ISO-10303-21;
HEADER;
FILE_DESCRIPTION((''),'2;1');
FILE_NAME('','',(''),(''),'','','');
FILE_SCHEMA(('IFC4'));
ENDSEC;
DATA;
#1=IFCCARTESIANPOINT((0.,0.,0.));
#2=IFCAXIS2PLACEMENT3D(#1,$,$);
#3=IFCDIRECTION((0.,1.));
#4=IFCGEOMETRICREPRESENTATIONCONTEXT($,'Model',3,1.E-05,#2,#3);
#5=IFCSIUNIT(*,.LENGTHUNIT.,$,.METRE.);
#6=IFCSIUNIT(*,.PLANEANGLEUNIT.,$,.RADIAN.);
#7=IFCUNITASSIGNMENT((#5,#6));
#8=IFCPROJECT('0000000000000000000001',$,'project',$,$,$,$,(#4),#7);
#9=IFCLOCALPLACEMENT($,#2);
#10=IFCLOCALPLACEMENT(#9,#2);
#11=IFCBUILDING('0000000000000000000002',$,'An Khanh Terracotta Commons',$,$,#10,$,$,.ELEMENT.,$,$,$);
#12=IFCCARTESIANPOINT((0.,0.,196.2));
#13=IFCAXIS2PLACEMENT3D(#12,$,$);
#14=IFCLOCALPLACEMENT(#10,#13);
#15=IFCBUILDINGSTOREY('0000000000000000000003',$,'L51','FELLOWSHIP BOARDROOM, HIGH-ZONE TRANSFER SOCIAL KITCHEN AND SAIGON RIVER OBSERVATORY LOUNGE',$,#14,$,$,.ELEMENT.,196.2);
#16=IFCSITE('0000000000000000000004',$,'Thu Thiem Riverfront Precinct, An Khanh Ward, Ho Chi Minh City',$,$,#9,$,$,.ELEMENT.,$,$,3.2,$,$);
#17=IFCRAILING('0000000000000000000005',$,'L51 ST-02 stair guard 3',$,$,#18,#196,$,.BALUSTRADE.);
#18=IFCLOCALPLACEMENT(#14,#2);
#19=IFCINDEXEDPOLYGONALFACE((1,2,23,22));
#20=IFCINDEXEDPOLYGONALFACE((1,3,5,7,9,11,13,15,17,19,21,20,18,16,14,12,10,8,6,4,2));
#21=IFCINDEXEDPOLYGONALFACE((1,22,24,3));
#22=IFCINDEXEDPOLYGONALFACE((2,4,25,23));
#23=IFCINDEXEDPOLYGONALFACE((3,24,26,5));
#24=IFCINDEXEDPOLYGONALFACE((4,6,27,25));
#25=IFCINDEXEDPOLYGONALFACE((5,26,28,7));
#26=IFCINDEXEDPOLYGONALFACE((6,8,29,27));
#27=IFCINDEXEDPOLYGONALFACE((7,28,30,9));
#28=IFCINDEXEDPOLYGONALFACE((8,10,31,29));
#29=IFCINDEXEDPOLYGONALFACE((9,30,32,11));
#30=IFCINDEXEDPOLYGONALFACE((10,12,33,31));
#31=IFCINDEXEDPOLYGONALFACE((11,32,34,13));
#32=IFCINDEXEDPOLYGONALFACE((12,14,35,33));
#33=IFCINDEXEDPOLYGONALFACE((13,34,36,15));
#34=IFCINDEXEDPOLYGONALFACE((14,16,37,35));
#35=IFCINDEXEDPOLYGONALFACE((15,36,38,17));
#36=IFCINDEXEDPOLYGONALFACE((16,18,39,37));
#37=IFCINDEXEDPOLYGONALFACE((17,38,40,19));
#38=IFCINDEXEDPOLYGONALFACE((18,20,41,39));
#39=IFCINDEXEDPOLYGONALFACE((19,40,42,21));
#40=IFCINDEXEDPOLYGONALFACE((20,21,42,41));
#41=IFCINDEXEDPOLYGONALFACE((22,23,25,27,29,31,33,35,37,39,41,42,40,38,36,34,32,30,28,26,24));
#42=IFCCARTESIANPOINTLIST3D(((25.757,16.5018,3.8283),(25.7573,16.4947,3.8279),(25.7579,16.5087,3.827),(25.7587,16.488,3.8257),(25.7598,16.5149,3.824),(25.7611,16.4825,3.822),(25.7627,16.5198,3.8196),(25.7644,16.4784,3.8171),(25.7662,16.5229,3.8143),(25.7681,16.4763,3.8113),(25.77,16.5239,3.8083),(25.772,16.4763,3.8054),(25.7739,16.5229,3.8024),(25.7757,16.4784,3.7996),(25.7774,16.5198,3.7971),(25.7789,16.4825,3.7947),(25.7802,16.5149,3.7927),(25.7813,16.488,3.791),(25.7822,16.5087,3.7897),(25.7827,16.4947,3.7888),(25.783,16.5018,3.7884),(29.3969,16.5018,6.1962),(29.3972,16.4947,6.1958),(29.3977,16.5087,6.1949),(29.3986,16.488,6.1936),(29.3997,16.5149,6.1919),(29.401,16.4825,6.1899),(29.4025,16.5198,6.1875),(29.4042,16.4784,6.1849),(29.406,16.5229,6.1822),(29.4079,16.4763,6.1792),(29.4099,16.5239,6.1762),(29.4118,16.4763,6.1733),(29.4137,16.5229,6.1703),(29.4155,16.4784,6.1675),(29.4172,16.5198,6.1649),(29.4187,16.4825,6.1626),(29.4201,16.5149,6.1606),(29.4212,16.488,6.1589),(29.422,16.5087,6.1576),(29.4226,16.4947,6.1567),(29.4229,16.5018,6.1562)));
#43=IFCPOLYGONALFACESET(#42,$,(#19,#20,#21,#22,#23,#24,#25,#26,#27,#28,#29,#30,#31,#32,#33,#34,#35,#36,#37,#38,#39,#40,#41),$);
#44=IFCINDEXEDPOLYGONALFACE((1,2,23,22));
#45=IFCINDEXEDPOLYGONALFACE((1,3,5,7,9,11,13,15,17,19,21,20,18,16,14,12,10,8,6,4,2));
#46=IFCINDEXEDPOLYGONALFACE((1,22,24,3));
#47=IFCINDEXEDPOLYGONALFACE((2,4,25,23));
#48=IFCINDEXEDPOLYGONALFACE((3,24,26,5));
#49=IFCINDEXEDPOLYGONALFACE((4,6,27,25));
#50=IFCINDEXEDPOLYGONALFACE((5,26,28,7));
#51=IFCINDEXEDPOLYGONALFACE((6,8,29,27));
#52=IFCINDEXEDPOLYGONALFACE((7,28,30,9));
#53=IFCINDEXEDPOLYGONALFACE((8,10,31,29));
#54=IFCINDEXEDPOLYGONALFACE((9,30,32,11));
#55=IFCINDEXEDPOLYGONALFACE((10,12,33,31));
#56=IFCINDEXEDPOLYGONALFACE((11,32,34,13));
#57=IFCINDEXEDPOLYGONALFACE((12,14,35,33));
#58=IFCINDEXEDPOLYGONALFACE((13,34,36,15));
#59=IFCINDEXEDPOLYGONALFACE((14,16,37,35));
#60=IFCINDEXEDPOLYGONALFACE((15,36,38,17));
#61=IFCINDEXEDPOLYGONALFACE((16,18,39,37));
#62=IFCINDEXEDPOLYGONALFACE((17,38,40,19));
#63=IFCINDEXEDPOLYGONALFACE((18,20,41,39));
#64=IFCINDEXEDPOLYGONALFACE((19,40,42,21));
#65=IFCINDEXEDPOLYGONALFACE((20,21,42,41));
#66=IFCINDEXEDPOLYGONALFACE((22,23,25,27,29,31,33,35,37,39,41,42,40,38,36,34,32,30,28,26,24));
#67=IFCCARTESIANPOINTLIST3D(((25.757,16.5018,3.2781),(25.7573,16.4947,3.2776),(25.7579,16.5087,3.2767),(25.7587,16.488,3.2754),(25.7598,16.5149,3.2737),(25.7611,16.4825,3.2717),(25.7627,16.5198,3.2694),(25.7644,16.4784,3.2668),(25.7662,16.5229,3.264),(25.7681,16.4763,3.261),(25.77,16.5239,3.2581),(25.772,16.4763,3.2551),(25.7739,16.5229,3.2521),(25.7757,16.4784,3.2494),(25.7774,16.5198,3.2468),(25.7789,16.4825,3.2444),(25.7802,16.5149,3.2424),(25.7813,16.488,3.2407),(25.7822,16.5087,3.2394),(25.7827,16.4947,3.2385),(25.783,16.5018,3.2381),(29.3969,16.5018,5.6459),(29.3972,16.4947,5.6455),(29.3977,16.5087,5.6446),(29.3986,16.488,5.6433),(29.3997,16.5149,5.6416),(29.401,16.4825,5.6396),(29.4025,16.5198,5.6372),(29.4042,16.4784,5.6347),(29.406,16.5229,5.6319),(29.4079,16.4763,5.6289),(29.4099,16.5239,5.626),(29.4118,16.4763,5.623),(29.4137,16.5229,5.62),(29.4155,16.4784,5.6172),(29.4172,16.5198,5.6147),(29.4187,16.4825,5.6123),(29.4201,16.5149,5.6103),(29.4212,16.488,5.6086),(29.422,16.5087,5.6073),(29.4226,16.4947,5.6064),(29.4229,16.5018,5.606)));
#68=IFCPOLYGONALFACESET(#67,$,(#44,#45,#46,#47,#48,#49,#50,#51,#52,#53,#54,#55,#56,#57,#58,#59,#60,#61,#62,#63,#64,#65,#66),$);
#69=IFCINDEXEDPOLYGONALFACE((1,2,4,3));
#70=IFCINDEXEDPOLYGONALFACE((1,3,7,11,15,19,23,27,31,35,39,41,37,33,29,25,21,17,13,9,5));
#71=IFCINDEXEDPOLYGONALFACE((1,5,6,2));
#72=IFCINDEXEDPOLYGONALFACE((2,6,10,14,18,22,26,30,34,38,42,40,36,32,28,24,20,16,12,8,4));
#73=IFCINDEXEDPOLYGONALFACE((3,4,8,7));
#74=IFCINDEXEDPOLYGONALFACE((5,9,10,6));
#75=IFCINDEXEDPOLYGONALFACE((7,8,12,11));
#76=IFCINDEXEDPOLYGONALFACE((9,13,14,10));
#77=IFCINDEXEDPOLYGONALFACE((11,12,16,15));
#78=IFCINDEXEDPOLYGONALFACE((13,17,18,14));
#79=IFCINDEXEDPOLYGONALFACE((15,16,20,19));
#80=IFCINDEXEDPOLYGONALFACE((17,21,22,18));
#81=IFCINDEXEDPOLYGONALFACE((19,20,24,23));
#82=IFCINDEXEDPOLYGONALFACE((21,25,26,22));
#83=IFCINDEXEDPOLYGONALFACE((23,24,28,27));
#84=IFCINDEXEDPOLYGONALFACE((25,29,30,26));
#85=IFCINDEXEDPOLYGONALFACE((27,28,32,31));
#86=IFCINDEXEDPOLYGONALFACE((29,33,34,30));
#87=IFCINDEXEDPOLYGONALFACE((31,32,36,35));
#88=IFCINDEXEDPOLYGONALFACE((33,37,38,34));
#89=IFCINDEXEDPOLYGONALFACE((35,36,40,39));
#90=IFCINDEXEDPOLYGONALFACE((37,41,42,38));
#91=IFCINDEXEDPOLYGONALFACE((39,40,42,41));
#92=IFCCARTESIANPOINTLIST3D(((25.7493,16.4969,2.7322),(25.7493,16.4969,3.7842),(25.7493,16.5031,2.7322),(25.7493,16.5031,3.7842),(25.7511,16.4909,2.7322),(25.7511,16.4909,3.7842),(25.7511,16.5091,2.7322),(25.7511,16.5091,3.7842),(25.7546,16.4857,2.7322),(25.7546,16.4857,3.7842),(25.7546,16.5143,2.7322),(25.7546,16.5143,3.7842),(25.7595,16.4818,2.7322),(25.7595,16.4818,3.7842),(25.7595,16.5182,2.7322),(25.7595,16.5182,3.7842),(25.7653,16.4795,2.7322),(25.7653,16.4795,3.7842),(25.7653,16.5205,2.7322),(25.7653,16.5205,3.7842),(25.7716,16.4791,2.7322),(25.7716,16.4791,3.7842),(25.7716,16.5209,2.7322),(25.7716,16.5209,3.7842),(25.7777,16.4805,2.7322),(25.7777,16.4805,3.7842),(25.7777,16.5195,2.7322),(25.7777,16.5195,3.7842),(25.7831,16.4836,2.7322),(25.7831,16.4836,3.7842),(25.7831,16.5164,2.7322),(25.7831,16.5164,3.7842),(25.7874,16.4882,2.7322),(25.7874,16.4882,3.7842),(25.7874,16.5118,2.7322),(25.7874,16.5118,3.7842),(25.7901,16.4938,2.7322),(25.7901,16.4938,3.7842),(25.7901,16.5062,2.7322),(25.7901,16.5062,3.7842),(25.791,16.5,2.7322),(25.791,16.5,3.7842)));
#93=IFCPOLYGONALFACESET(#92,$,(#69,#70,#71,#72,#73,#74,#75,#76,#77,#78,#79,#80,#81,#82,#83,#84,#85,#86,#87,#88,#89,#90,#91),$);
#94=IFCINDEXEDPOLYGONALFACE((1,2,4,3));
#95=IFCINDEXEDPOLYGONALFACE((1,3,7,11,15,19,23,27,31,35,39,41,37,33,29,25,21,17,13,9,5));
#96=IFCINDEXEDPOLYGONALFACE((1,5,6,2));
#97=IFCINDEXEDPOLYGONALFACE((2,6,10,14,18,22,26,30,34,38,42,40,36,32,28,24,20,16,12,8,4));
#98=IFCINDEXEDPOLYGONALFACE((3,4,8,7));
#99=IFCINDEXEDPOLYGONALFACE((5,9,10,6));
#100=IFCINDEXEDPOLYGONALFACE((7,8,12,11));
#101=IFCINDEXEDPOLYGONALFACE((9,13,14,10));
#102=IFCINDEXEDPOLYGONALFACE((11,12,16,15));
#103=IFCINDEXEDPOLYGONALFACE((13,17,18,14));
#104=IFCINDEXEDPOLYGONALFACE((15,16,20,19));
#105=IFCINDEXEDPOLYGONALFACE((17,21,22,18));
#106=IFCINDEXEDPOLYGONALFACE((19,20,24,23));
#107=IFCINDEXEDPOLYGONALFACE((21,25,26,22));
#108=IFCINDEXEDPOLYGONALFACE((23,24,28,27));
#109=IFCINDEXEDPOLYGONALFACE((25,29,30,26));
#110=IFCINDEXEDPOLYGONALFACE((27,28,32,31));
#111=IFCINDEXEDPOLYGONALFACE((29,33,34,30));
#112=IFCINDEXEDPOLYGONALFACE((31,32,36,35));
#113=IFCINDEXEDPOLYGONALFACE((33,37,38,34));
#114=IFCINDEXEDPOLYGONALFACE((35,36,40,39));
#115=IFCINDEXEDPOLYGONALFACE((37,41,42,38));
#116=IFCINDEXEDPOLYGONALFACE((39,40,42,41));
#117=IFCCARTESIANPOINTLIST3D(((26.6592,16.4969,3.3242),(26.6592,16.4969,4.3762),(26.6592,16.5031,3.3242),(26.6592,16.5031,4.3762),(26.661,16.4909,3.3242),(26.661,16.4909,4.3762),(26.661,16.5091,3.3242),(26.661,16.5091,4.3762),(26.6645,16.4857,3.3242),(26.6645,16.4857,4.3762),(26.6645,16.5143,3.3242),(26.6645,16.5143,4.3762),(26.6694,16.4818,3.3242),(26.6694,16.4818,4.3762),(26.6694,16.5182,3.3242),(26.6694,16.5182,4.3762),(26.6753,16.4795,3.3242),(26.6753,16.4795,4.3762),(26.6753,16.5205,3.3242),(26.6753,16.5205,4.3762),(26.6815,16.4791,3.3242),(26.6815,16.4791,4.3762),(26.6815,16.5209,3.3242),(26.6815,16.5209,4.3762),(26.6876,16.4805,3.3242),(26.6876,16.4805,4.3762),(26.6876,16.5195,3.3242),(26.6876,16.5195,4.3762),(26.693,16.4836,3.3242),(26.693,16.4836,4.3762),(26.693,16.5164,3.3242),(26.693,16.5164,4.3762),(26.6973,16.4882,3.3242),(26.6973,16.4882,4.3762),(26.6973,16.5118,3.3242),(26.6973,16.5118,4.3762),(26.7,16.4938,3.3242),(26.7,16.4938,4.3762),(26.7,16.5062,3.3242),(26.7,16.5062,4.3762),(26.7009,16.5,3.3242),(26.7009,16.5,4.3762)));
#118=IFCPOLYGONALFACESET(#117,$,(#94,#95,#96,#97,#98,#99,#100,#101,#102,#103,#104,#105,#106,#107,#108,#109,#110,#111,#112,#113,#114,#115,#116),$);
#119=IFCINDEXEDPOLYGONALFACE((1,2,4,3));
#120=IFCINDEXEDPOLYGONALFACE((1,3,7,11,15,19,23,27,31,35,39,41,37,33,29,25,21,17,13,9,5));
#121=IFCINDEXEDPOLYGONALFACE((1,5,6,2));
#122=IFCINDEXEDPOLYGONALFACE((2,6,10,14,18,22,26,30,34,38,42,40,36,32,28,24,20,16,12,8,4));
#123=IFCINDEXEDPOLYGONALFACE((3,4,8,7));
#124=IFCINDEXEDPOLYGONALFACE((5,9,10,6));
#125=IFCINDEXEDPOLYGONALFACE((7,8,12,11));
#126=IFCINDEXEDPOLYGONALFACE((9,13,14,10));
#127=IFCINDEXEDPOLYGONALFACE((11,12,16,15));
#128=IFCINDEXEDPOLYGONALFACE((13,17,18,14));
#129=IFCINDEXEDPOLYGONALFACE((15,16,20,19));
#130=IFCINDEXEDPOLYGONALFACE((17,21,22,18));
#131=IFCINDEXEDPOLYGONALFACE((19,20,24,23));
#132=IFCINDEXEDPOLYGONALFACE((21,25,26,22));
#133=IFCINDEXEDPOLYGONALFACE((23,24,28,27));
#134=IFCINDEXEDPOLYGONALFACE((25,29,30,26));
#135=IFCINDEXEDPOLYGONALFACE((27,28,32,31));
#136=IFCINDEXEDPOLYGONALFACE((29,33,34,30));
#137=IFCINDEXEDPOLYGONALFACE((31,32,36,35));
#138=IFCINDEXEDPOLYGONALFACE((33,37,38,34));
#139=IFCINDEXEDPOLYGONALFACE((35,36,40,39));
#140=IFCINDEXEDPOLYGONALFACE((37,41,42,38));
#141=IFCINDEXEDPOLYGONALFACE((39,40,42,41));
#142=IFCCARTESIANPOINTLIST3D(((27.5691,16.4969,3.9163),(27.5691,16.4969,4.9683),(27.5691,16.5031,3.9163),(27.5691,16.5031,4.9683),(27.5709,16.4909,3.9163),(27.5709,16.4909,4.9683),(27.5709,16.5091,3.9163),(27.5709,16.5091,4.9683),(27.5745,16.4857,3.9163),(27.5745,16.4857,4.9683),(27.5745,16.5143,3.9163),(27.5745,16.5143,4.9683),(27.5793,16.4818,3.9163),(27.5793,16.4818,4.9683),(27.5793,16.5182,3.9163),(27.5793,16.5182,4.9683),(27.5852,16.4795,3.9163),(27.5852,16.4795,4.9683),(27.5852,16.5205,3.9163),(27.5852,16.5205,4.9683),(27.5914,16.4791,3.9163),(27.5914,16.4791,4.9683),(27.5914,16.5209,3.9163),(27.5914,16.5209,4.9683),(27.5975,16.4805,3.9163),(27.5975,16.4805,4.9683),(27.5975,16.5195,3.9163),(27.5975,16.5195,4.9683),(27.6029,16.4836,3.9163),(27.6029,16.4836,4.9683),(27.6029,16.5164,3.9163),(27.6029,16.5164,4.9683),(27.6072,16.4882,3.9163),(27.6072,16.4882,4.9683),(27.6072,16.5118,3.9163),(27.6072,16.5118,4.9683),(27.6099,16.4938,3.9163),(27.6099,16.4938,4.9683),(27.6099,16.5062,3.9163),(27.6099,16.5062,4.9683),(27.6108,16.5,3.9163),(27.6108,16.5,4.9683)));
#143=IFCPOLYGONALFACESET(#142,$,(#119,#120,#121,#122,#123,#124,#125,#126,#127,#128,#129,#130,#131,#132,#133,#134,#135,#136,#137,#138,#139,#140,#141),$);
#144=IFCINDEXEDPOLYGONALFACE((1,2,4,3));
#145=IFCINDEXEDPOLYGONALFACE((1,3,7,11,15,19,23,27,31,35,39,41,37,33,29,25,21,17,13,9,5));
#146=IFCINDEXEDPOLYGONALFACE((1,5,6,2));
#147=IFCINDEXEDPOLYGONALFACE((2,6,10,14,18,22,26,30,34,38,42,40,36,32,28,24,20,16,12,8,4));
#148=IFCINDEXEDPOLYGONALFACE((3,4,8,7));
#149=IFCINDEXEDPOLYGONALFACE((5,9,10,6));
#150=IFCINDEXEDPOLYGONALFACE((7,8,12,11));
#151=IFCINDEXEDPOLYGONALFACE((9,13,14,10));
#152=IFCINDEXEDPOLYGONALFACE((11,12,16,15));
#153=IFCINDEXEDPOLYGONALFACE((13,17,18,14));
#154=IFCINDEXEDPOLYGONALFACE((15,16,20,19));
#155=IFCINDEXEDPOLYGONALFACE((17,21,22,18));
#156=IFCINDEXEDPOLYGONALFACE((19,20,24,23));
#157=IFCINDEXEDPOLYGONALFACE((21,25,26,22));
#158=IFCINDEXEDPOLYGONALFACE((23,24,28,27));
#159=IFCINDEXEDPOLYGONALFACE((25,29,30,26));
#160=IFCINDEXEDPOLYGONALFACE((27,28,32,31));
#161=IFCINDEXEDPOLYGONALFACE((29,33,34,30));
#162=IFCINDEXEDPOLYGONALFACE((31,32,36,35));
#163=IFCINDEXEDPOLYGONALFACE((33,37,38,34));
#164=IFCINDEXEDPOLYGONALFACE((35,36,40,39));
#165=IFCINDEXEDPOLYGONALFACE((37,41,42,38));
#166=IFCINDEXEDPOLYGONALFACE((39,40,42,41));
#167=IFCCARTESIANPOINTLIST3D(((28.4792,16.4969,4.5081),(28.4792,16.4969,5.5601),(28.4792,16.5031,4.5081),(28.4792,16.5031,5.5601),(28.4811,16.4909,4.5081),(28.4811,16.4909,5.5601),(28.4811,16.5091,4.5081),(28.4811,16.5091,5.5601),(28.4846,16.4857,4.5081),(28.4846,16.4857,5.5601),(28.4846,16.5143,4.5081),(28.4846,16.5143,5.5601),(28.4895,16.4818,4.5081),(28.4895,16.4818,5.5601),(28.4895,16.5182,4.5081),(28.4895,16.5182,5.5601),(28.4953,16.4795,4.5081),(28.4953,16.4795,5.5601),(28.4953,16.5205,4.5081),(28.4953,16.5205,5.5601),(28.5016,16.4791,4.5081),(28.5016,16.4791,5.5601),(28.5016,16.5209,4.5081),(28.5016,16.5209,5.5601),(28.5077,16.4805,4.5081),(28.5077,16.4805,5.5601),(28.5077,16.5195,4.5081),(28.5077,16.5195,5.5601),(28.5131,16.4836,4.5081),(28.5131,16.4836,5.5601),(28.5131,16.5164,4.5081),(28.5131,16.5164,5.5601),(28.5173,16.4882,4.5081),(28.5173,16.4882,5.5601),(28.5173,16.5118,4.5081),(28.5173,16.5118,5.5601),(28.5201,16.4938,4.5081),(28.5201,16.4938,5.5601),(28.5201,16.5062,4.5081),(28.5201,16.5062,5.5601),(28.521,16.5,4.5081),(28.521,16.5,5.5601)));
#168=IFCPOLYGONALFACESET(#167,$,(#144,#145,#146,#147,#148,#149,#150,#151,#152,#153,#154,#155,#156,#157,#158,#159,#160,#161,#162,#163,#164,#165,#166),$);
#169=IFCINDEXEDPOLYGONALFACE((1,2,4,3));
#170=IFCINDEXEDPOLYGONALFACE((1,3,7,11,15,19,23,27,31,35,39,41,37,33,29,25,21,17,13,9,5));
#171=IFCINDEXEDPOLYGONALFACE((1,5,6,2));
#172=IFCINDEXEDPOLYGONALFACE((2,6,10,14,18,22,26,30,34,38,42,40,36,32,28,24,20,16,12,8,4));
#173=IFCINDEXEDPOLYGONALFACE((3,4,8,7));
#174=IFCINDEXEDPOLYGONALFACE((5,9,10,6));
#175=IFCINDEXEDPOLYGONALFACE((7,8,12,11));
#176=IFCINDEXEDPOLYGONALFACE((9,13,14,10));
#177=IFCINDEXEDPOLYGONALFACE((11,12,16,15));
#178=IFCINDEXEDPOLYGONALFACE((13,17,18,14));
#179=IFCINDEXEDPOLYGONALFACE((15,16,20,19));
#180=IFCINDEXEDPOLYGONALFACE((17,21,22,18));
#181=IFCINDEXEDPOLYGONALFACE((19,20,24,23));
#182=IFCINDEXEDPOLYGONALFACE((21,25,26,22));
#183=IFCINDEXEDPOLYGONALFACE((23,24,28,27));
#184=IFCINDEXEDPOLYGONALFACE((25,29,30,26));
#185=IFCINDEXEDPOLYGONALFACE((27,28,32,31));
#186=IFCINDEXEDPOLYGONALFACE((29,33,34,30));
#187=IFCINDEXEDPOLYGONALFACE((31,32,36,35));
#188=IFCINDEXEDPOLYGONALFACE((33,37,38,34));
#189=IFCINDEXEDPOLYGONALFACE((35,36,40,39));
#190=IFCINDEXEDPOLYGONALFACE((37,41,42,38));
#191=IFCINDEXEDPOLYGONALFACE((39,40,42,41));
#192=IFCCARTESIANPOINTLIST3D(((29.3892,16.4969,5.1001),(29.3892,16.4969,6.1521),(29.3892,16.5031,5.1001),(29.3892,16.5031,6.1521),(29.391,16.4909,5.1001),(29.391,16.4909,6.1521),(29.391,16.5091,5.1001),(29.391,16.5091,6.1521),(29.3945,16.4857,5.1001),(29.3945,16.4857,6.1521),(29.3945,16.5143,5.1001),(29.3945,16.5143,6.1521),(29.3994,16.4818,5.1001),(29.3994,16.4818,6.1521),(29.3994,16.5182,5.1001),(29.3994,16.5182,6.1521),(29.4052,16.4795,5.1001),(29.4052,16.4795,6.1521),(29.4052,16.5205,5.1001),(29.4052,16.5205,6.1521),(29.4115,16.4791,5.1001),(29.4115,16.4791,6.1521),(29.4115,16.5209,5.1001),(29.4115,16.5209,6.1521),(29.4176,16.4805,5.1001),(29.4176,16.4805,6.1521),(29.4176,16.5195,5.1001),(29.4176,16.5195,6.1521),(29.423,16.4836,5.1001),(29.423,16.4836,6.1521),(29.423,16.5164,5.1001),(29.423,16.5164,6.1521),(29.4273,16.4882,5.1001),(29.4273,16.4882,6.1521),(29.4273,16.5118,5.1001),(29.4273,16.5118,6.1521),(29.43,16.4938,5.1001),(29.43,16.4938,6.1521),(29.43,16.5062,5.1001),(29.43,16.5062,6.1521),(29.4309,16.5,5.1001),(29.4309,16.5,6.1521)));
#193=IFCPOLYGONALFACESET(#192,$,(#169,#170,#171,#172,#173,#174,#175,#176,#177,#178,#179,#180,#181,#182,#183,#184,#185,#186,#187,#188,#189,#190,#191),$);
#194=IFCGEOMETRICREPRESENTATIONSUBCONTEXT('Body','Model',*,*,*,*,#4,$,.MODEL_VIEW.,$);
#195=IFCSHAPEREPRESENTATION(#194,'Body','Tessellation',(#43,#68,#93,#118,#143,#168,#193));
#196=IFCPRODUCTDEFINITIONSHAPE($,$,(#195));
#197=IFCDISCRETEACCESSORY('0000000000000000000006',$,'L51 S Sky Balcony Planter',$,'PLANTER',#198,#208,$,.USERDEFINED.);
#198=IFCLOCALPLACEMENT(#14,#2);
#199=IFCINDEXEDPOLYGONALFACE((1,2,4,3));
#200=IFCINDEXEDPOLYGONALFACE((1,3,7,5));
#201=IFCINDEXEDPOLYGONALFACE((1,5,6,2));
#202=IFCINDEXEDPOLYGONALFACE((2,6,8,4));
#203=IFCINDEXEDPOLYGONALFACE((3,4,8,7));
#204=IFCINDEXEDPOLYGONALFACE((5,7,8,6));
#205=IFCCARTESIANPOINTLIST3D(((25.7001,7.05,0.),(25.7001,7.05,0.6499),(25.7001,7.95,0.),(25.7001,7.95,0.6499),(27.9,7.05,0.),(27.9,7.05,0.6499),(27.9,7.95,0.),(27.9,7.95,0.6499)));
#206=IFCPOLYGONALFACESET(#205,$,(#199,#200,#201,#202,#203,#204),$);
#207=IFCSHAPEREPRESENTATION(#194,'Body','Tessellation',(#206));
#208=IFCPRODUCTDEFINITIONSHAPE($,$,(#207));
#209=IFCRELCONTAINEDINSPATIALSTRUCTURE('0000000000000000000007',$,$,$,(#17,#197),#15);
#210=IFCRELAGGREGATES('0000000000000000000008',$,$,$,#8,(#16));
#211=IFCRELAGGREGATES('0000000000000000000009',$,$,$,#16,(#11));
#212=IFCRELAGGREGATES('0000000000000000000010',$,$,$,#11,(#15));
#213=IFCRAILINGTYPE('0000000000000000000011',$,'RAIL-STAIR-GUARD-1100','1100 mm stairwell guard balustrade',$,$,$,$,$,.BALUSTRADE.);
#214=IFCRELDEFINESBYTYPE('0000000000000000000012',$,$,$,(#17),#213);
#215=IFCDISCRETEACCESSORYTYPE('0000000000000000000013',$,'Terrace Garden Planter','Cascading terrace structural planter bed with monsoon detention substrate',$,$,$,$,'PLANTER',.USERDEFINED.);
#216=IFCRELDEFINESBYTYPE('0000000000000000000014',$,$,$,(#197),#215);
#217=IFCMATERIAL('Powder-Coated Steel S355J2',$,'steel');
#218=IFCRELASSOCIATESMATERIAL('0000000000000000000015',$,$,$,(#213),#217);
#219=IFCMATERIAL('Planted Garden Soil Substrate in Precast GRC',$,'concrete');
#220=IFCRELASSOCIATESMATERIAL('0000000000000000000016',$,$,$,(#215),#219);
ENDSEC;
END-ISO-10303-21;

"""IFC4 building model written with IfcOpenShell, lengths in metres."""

from ifc_helpers import new_model, si_unit, direction, frame, origin, origin_2d, place, context, subcontext, project, spatial, rectangle, circle, extrude, material, type_object, element, save


model = new_model("IFC4")

# Units and contexts
model_context = context("Model", 3, precision=1e-05, world=origin(), true_north=direction((0.0, 1.0)))
body_context = subcontext(model_context, "Body", "Model", "MODEL_VIEW")
ifc_project = project(units=[si_unit("LENGTHUNIT", "METRE"), si_unit("PLANEANGLEUNIT", "RADIAN")], contexts=[model_context])

# Site, building, storey
site_placement = place(None, origin())
site = spatial("IfcSite", under=ifc_project, at=site_placement, Name="Thu Thiem Riverfront Precinct, An Khanh Ward, Ho Chi Minh City", CompositionType="ELEMENT", RefElevation=3.2)
building_placement = place(site_placement, origin())
building = spatial("IfcBuilding", under=site, at=building_placement, Name="An Khanh Terracotta Commons", CompositionType="ELEMENT")
storey_placement = place(building_placement, frame((0.0, 0.0, 196.2)))
storey = spatial("IfcBuildingStorey", under=building, at=storey_placement, Name="L51", Description="FELLOWSHIP BOARDROOM, HIGH-ZONE TRANSFER SOCIAL KITCHEN AND SAIGON RIVER OBSERVATORY LOUNGE", CompositionType="ELEMENT", Elevation=196.2)

# Railing
ifc_material_1 = material(Name="Powder-Coated Steel S355J2", Category="steel")
railing_type_1 = type_object("IfcRailingType", Name="RAIL-STAIR-GUARD-1100", Description="1100 mm stairwell guard balustrade", PredefinedType="BALUSTRADE", material=ifc_material_1)
railing_1_placement = place(storey_placement, frame((25.77, 16.5, 2.7322)))
element("IfcRailing", 1, at=railing_1_placement, inside=storey, type_object=railing_type_1, Name="L51 ST-02 stair guard 3", PredefinedType="BALUSTRADE", context=body_context, shape_type="SweptSolid", body=[
    extrude(circle(Radius=0.0239, at=origin_2d()), frame((0.0, 0.0, 1.0762), z_axis=(0.838234, 0.0, 0.54531), x_axis=(0.0, 1.0, 0.0)), (0.0, 0.0, 1.0), 4.3423),
    extrude(circle(Radius=0.0239, at=origin_2d()), frame((0.0, 0.0, 0.5259), z_axis=(0.838234, 0.0, 0.54531), x_axis=(0.0, 1.0, 0.0)), (0.0, 0.0, 1.0), 4.3423),
    extrude(circle(Radius=0.021, at=origin_2d()), origin(), (0.0, 0.0, 1.0), 1.052),
    extrude(circle(Radius=0.021, at=origin_2d()), frame((0.9099, 0.0, 0.592)), (0.0, 0.0, 1.0), 1.052),
    extrude(circle(Radius=0.021, at=origin_2d()), frame((1.8198, 0.0, 1.1841)), (0.0, 0.0, 1.0), 1.052),
    extrude(circle(Radius=0.021, at=origin_2d()), frame((2.73, 0.0, 1.7759)), (0.0, 0.0, 1.0), 1.052),
    extrude(circle(Radius=0.021, at=origin_2d()), frame((3.6399, 0.0, 2.3679)), (0.0, 0.0, 1.0), 1.052),
])

# Discrete accessory
ifc_material_2 = material(Name="Planted Garden Soil Substrate in Precast GRC", Category="concrete")
discrete_accessory_type = type_object("IfcDiscreteAccessoryType", Name="Terrace Garden Planter", Description="Cascading terrace structural planter bed with monsoon detention substrate", ElementType="PLANTER", PredefinedType="USERDEFINED", material=ifc_material_2)
discrete_accessory_placement = place(storey_placement, frame((26.8, 7.5, 0.0), z_axis=(0.0, 0.0, 1.0), x_axis=(1.0, 0.0, 0.0)))
element("IfcDiscreteAccessory", 2, at=discrete_accessory_placement, inside=storey, type_object=discrete_accessory_type, Name="L51 S Sky Balcony Planter", ObjectType="PLANTER", PredefinedType="USERDEFINED", context=body_context, shape_type="SweptSolid", body=[
    extrude(rectangle(XDim=2.2, YDim=0.8999, at=origin_2d()), origin(), (0.0, 0.0, 1.0), 0.6499),
])

save(model, "model.ifc")
